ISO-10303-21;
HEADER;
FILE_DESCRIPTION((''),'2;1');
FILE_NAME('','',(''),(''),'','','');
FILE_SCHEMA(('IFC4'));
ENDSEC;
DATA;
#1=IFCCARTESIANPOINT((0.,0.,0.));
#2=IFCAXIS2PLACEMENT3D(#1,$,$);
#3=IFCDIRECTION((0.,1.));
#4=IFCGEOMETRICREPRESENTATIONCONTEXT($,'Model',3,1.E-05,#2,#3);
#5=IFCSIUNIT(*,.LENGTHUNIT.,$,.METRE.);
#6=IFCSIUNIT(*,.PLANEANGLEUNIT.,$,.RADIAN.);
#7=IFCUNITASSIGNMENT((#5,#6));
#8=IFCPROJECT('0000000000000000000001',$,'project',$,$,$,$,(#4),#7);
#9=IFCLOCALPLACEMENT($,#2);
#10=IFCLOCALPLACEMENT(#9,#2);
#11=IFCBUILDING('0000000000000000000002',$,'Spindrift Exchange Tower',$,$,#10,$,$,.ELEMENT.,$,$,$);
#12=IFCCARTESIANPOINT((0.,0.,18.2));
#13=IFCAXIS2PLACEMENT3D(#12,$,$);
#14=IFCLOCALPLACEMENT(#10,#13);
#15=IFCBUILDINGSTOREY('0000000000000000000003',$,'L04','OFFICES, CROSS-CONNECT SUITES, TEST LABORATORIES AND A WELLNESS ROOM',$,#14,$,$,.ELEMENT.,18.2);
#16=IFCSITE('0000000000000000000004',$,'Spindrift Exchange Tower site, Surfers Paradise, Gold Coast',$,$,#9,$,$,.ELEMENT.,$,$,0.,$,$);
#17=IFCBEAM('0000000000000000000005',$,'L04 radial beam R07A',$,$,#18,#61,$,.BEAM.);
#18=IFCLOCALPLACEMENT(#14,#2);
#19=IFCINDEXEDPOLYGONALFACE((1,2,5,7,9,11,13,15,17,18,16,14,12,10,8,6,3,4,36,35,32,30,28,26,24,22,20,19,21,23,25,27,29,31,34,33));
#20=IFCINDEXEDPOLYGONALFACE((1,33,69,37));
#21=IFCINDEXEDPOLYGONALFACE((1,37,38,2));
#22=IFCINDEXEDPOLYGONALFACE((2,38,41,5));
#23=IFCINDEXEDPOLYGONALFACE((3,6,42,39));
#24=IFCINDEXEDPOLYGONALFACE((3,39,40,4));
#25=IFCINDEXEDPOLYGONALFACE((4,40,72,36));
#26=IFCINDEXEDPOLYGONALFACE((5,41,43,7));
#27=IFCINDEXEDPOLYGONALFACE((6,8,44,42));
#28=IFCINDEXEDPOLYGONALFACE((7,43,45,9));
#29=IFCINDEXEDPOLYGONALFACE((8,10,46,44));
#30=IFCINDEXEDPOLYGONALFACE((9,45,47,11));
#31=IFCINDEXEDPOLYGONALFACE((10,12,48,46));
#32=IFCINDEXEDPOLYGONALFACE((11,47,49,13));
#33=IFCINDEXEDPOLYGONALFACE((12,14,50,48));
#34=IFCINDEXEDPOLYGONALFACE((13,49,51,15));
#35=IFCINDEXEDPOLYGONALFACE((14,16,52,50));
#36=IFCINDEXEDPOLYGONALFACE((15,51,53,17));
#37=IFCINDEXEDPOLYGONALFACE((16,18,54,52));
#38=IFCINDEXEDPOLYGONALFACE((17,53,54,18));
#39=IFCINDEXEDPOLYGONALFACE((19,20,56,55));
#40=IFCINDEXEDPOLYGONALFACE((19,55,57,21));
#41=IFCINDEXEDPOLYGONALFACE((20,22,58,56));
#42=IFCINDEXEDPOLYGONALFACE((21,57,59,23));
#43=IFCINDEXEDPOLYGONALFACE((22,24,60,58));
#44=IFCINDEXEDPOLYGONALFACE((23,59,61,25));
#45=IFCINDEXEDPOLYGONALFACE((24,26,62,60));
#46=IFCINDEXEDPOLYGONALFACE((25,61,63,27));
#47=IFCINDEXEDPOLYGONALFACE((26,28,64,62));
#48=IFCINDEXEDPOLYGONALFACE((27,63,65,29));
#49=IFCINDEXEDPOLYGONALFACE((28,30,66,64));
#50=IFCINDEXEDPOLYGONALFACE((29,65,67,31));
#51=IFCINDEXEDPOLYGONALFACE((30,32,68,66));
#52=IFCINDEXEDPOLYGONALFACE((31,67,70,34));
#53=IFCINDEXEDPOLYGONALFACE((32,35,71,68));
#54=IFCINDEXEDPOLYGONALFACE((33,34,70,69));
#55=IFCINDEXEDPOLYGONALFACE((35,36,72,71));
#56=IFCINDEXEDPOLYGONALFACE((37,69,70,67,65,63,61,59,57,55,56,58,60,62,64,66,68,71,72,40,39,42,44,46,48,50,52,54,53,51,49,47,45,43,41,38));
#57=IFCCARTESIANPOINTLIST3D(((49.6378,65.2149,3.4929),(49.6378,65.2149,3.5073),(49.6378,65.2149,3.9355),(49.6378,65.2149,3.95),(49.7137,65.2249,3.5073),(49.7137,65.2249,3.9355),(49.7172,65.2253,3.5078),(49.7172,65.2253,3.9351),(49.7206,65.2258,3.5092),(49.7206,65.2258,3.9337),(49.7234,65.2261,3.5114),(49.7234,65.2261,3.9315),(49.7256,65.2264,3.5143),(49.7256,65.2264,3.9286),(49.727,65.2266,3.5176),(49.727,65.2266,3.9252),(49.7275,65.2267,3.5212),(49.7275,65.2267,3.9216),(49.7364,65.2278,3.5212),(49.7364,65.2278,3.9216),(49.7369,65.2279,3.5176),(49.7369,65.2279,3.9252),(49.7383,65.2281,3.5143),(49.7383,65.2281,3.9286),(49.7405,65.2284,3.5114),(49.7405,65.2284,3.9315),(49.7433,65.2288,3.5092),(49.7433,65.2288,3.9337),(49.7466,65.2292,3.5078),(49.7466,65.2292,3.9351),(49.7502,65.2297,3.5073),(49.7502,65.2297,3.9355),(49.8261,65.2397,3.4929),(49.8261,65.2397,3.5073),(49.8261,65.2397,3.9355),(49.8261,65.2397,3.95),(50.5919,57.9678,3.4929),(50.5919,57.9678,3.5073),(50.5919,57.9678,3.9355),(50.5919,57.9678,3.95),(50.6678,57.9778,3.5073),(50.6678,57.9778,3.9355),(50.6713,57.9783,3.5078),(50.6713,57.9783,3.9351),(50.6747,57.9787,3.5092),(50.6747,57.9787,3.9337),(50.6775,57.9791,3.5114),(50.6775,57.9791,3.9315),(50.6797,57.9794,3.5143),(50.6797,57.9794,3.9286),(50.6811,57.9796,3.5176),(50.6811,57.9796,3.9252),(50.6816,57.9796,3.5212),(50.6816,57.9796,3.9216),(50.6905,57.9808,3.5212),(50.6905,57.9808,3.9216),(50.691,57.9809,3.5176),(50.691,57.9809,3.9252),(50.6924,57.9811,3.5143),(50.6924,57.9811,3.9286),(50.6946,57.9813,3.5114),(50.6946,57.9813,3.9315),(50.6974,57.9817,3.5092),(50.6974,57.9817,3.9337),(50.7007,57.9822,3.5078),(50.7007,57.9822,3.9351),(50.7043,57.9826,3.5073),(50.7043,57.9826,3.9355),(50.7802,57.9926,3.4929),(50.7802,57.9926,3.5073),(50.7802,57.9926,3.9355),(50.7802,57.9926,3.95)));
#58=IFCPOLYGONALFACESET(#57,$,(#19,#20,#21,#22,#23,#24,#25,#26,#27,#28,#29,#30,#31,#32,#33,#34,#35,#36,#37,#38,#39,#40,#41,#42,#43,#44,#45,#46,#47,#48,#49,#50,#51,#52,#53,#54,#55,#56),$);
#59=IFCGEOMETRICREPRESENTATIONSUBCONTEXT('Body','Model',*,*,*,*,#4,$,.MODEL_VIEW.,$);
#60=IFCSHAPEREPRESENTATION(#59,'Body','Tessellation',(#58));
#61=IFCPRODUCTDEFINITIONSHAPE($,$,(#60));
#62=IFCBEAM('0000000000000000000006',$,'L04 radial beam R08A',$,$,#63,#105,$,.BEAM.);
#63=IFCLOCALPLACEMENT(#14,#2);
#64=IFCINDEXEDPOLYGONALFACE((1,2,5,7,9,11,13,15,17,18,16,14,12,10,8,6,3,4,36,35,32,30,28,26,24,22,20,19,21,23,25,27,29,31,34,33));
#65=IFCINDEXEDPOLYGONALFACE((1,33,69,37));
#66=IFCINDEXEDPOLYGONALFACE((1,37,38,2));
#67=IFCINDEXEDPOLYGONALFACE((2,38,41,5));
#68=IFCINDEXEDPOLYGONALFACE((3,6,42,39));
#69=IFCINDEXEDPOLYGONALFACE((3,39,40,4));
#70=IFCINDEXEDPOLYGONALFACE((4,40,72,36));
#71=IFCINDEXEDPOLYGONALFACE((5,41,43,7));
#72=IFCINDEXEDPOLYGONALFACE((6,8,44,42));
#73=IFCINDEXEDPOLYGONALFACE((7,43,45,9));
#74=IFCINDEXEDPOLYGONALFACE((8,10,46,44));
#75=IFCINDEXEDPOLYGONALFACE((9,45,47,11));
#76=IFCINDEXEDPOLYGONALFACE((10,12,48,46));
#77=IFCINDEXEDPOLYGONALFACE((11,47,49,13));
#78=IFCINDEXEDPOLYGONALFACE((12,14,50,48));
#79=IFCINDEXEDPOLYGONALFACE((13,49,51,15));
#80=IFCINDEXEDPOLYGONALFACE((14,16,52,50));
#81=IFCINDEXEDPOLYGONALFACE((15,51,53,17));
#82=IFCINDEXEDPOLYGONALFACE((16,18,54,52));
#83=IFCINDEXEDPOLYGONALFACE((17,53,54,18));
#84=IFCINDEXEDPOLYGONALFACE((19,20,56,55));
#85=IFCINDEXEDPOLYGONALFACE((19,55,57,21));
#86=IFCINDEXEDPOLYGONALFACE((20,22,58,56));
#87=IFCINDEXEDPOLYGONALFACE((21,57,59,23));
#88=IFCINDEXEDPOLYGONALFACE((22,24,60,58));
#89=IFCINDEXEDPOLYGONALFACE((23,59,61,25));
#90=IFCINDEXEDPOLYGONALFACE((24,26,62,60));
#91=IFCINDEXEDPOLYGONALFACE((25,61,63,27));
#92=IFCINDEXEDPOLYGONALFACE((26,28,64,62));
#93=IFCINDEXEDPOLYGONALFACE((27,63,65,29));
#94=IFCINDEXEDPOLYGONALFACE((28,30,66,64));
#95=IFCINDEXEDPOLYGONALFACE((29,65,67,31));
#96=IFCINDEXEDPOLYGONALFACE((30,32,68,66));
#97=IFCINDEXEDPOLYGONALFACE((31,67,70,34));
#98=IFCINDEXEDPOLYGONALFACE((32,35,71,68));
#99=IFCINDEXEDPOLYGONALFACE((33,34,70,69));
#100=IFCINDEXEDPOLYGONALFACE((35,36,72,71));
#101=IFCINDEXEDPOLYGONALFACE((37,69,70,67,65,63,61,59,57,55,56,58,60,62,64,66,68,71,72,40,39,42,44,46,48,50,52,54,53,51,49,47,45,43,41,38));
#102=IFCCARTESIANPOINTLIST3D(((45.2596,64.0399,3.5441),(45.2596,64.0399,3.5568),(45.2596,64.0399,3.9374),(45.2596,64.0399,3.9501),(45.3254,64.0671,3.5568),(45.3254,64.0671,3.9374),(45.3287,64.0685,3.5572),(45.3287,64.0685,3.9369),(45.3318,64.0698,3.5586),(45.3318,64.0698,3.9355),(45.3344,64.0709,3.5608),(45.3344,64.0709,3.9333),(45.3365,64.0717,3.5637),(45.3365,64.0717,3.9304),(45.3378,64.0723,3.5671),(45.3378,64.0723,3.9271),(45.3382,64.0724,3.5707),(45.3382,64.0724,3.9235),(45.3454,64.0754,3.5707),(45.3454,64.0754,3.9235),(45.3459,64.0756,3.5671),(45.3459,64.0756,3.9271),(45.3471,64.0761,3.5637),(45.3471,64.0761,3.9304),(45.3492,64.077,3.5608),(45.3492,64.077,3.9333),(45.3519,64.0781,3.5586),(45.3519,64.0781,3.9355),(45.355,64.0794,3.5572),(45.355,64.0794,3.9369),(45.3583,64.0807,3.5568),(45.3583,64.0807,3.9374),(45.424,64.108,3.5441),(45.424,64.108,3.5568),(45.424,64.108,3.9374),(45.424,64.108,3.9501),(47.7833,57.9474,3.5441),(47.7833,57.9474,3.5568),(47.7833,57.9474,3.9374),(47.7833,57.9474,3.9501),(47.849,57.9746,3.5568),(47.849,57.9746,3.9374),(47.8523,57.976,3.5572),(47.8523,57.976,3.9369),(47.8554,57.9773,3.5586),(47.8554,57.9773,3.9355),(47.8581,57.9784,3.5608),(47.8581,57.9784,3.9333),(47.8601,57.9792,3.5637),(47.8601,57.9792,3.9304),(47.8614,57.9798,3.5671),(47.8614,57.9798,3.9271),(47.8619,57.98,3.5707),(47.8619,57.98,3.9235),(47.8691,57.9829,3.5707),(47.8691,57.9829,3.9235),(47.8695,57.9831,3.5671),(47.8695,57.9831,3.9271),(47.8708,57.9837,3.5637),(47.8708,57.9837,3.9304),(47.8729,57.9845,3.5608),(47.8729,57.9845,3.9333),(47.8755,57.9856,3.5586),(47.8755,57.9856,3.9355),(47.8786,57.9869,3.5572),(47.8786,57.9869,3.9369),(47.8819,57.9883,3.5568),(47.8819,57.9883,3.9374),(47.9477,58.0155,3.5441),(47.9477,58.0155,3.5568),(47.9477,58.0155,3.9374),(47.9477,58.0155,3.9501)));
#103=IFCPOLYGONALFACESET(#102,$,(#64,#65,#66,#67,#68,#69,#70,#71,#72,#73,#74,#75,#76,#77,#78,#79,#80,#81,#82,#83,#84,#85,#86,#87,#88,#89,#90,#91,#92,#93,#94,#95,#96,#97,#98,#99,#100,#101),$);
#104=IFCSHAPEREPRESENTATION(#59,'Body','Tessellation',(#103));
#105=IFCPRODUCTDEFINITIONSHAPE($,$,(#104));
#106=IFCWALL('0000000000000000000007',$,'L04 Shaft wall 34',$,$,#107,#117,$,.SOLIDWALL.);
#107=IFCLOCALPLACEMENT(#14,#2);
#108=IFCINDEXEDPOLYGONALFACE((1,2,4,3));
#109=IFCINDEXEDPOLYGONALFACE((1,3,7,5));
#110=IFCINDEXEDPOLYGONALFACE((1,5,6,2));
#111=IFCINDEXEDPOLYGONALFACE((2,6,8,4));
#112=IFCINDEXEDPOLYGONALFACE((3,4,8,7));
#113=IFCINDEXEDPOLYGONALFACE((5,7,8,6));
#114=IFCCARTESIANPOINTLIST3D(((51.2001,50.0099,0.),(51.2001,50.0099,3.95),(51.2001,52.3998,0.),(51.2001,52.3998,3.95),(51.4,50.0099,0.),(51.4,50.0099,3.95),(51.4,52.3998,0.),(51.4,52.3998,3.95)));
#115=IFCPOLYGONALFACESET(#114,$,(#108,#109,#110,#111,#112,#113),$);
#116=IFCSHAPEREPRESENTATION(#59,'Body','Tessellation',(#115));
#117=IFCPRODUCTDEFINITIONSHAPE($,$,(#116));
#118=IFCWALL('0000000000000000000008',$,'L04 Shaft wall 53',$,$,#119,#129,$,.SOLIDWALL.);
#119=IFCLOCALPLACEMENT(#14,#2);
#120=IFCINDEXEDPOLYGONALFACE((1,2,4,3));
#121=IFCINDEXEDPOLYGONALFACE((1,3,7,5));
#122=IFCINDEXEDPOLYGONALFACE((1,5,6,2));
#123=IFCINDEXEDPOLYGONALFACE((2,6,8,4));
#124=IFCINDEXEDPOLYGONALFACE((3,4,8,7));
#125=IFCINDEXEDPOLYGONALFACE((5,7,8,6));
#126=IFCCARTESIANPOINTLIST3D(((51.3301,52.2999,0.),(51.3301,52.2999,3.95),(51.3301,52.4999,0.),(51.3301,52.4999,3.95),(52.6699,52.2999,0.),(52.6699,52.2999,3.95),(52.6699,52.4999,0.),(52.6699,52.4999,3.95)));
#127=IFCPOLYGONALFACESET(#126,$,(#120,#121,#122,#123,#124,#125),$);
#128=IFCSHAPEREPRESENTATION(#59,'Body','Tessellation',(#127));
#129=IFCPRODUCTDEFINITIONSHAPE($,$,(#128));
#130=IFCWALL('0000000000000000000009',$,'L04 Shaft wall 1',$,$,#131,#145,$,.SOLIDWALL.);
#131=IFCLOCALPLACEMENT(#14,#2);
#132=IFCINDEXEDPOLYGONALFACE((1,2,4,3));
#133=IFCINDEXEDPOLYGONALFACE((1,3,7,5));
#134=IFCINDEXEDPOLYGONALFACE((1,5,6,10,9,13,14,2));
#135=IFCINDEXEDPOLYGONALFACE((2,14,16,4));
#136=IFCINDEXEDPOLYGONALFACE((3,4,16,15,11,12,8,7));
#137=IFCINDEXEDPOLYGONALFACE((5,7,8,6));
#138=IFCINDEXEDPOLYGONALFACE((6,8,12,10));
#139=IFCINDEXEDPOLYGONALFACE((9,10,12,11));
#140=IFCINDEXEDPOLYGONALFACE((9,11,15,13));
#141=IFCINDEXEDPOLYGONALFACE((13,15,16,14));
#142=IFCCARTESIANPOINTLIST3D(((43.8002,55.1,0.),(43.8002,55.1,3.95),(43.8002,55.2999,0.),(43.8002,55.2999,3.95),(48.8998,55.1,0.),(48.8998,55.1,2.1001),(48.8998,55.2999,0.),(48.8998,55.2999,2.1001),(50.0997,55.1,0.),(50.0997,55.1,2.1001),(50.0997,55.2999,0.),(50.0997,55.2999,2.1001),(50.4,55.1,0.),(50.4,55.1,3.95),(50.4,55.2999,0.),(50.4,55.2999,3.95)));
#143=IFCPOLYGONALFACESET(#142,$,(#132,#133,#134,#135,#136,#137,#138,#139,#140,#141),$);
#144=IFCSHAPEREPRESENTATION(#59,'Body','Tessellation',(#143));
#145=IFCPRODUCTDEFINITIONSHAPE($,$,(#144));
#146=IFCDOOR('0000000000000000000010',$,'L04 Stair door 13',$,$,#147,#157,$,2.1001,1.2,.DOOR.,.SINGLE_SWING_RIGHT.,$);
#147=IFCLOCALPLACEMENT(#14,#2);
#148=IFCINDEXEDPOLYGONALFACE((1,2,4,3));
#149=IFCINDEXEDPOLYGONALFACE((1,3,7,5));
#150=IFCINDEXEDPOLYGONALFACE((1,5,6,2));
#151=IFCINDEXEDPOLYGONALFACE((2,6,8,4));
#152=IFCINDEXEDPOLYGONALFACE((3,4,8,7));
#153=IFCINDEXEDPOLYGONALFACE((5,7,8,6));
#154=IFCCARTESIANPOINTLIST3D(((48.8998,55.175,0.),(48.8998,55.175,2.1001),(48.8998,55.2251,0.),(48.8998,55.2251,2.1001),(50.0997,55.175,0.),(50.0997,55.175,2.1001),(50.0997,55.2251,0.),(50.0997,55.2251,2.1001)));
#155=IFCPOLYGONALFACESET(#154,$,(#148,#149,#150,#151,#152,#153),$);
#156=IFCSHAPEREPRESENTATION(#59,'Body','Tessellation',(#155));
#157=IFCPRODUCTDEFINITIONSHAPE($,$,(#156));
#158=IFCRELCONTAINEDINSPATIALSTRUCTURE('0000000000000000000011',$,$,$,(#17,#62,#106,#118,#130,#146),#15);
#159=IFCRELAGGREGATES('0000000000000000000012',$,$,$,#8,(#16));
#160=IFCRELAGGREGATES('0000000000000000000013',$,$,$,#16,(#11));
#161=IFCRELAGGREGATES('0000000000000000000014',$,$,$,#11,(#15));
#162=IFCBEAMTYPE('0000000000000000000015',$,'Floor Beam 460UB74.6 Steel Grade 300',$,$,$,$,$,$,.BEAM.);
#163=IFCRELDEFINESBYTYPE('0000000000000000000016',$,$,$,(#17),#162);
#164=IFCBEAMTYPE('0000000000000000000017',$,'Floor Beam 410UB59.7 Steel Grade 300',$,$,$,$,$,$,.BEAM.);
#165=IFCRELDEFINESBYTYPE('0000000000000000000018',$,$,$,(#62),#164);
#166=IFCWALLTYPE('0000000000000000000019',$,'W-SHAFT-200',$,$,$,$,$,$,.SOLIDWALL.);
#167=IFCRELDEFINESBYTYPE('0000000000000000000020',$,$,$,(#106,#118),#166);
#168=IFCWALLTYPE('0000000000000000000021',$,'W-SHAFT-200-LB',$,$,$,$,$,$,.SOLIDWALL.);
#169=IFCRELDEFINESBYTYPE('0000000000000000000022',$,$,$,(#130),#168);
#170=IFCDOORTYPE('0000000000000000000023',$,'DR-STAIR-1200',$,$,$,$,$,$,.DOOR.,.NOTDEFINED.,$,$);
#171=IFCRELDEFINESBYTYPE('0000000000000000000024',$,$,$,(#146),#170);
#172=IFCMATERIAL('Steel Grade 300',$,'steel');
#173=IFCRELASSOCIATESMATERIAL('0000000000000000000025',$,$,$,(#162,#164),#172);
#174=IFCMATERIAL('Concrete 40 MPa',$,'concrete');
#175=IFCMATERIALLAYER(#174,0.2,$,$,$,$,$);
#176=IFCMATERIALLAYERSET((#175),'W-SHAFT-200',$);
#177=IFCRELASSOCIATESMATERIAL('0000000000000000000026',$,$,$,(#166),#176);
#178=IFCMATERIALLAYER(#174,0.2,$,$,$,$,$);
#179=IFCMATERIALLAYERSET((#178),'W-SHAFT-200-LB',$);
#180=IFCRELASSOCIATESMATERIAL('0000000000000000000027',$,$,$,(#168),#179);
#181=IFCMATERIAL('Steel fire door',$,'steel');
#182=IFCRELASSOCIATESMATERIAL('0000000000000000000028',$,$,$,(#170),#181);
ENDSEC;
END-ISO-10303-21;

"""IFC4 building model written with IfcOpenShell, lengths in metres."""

from ifc_helpers import new_model, si_unit, direction, frame, frame_2d, origin, origin_2d, place, context, subcontext, project, spatial, rectangle, i_section, extrude, source, transform, mapped, material, layer, layer_set, material_profile, profile_set, type_object, element, fill, save


model = new_model("IFC4")

# Units and contexts
model_context = context("Model", 3, precision=1e-05, world=origin(), true_north=direction((0.0, 1.0)))
body_context = subcontext(model_context, "Body", "Model", "MODEL_VIEW")
ifc_project = project(units=[si_unit("LENGTHUNIT", "METRE"), si_unit("PLANEANGLEUNIT", "RADIAN")], contexts=[model_context])

# Site, building, storey
site_placement = place(None, origin())
site = spatial("IfcSite", under=ifc_project, at=site_placement, Name="Spindrift Exchange Tower site, Surfers Paradise, Gold Coast", CompositionType="ELEMENT", RefElevation=0.0)
building_placement = place(site_placement, origin())
building = spatial("IfcBuilding", under=site, at=building_placement, Name="Spindrift Exchange Tower", CompositionType="ELEMENT")
storey_placement = place(building_placement, frame((0.0, 0.0, 18.2)))
storey = spatial("IfcBuildingStorey", under=building, at=storey_placement, Name="L04", Description="OFFICES, CROSS-CONNECT SUITES, TEST LABORATORIES AND A WELLNESS ROOM", CompositionType="ELEMENT", Elevation=18.2)

# Beams
ifc_material_1 = material(Name="Steel Grade 300", Category="steel")
ifc_material_profile_1 = material_profile(ifc_material_1, i_section(OverallWidth=0.1899, OverallDepth=0.457, WebThickness=0.009, FlangeThickness=0.0144, FilletRadius=0.0139, at=origin_2d()), Name="460UB74.6")
ifc_profile_set_1 = profile_set([ifc_material_profile_1], Name="Steel Grade 300")
beam_type_1 = type_object("IfcBeamType", Name="Floor Beam 460UB74.6 Steel Grade 300", PredefinedType="BEAM", material=ifc_profile_set_1)
shared_shape_1 = source(origin(), body_context, "Body", "SweptSolid", [
    extrude(i_section(OverallWidth=0.1899, OverallDepth=0.457, WebThickness=0.009, FlangeThickness=0.0144, FilletRadius=0.0139, at=origin_2d()), origin(), (0.0, 0.0, 1.0), 7.3096),
])
beam_1_placement = place(storey_placement, frame((50.686, 57.9802, 3.7214), z_axis=(-0.130527, 0.991445, 0.0), x_axis=(-0.991445, -0.130527, 0.0)))
element("IfcBeam", 1, at=beam_1_placement, inside=storey, type_object=beam_type_1, Name="L04 radial beam R07A", PredefinedType="BEAM", context=body_context, shape_type="MappedRepresentation", body=[
    mapped(shared_shape_1, transform((0.0, 0.0, 0.0), scale=1.0)),
])
ifc_material_profile_2 = material_profile(ifc_material_1, i_section(OverallWidth=0.178, OverallDepth=0.406, WebThickness=0.0078, FlangeThickness=0.0127, FilletRadius=0.0139, at=origin_2d()), Name="410UB59.7")
ifc_profile_set_2 = profile_set([ifc_material_profile_2], Name="Steel Grade 300")
beam_type_2 = type_object("IfcBeamType", Name="Floor Beam 410UB59.7 Steel Grade 300", PredefinedType="BEAM", material=ifc_profile_set_2)
shared_shape_2 = source(origin(), body_context, "Body", "SweptSolid", [
    extrude(i_section(OverallWidth=0.178, OverallDepth=0.406, WebThickness=0.0078, FlangeThickness=0.0127, FilletRadius=0.0139, at=origin_2d()), origin(), (0.0, 0.0, 1.0), 6.5945),
])
beam_2_placement = place(storey_placement, frame((47.8655, 57.9814, 3.7471), z_axis=(-0.382693, 0.923876, 0.0), x_axis=(-0.923876, -0.382693, 0.0)))
element("IfcBeam", 2, at=beam_2_placement, inside=storey, type_object=beam_type_2, Name="L04 radial beam R08A", PredefinedType="BEAM", context=body_context, shape_type="MappedRepresentation", body=[
    mapped(shared_shape_2, transform((0.0, 0.0, 0.0), scale=1.0)),
])

# Walls
ifc_material_2 = material(Name="Concrete 40 MPa", Category="concrete")
ifc_layer_1 = layer(ifc_material_2, 0.2)
ifc_layer_set_1 = layer_set([ifc_layer_1], Name="W-SHAFT-200")
wall_type_1 = type_object("IfcWallType", Name="W-SHAFT-200", PredefinedType="SOLIDWALL", material=ifc_layer_set_1)
wall_1_placement = place(storey_placement, frame((51.3, 50.01, 0.0), z_axis=(0.0, 0.0, 1.0), x_axis=(0.0, 1.0, 0.0)))
element("IfcWall", 3, at=wall_1_placement, inside=storey, type_object=wall_type_1, Name="L04 Shaft wall 34", PredefinedType="SOLIDWALL", context=body_context, shape_type="SweptSolid", body=[
    extrude(rectangle(XDim=2.3899, YDim=0.2, at=frame_2d((1.1948, 0.0))), origin(), (0.0, 0.0, 1.0), 3.95),
])
wall_2_placement = place(storey_placement, frame((51.3301, 52.3999, 0.0), z_axis=(0.0, 0.0, 1.0), x_axis=(1.0, 0.0, 0.0)))
element("IfcWall", 4, at=wall_2_placement, inside=storey, type_object=wall_type_1, Name="L04 Shaft wall 53", PredefinedType="SOLIDWALL", context=body_context, shape_type="SweptSolid", body=[
    extrude(rectangle(XDim=1.3398, YDim=0.2, at=frame_2d((0.6699, 0.0))), origin(), (0.0, 0.0, 1.0), 3.95),
])

# Wall, opening, door
ifc_layer_2 = layer(ifc_material_2, 0.2)
ifc_layer_set_2 = layer_set([ifc_layer_2], Name="W-SHAFT-200-LB")
wall_type_2 = type_object("IfcWallType", Name="W-SHAFT-200-LB", PredefinedType="SOLIDWALL", material=ifc_layer_set_2)
wall_3_placement = place(storey_placement, frame((50.3999, 55.2, 0.0), z_axis=(0.0, 0.0, 1.0), x_axis=(-1.0, 0.0, 0.0)))
wall_3 = element("IfcWall", 5, at=wall_3_placement, inside=storey, type_object=wall_type_2, Name="L04 Shaft wall 1", PredefinedType="SOLIDWALL", context=body_context, shape_type="SweptSolid", body=[
    extrude(rectangle(XDim=6.5999, YDim=0.2, at=frame_2d((3.2998, 0.0))), origin(), (0.0, 0.0, 1.0), 3.95),
])
opening_1_placement = place(wall_3_placement, frame((0.3, 0.0, 0.0)))
opening_1 = element("IfcOpeningElement", 6, at=opening_1_placement, cuts=wall_3, PredefinedType="OPENING", context=body_context, shape_type="SweptSolid", body=[
    extrude(rectangle(XDim=1.2, YDim=2.1001, at=frame_2d((0.6001, 1.05))), frame((0.0, 0.1099, 0.0), z_axis=(0.0, -1.0, 0.0), x_axis=(1.0, 0.0, 0.0)), (0.0, 0.0, 1.0), 0.22),
])
ifc_material_3 = material(Name="Steel fire door", Category="steel")
door_type_1 = type_object("IfcDoorType", Name="DR-STAIR-1200", OperationType="NOTDEFINED", PredefinedType="DOOR", material=ifc_material_3)
shared_shape_3 = source(origin(), body_context, "Body", "SweptSolid", [
    extrude(rectangle(XDim=1.2, YDim=2.1001, at=frame_2d((0.6001, 1.05))), frame((0.0, 0.0249, 0.0), z_axis=(0.0, -1.0, 0.0), x_axis=(1.0, 0.0, 0.0)), (0.0, 0.0, 1.0), 0.05),
])
door_1_placement = place(opening_1_placement, origin())
door_1 = element("IfcDoor", 7, at=door_1_placement, inside=storey, type_object=door_type_1, Name="L04 Stair door 13", OperationType="SINGLE_SWING_RIGHT", OverallHeight=2.1001, OverallWidth=1.2, PredefinedType="DOOR", context=body_context, shape_type="MappedRepresentation", body=[
    mapped(shared_shape_3, transform((0.0, 0.0, 0.0), scale=1.0)),
])
fill(opening_1, door_1)

save(model, "model.ifc")
